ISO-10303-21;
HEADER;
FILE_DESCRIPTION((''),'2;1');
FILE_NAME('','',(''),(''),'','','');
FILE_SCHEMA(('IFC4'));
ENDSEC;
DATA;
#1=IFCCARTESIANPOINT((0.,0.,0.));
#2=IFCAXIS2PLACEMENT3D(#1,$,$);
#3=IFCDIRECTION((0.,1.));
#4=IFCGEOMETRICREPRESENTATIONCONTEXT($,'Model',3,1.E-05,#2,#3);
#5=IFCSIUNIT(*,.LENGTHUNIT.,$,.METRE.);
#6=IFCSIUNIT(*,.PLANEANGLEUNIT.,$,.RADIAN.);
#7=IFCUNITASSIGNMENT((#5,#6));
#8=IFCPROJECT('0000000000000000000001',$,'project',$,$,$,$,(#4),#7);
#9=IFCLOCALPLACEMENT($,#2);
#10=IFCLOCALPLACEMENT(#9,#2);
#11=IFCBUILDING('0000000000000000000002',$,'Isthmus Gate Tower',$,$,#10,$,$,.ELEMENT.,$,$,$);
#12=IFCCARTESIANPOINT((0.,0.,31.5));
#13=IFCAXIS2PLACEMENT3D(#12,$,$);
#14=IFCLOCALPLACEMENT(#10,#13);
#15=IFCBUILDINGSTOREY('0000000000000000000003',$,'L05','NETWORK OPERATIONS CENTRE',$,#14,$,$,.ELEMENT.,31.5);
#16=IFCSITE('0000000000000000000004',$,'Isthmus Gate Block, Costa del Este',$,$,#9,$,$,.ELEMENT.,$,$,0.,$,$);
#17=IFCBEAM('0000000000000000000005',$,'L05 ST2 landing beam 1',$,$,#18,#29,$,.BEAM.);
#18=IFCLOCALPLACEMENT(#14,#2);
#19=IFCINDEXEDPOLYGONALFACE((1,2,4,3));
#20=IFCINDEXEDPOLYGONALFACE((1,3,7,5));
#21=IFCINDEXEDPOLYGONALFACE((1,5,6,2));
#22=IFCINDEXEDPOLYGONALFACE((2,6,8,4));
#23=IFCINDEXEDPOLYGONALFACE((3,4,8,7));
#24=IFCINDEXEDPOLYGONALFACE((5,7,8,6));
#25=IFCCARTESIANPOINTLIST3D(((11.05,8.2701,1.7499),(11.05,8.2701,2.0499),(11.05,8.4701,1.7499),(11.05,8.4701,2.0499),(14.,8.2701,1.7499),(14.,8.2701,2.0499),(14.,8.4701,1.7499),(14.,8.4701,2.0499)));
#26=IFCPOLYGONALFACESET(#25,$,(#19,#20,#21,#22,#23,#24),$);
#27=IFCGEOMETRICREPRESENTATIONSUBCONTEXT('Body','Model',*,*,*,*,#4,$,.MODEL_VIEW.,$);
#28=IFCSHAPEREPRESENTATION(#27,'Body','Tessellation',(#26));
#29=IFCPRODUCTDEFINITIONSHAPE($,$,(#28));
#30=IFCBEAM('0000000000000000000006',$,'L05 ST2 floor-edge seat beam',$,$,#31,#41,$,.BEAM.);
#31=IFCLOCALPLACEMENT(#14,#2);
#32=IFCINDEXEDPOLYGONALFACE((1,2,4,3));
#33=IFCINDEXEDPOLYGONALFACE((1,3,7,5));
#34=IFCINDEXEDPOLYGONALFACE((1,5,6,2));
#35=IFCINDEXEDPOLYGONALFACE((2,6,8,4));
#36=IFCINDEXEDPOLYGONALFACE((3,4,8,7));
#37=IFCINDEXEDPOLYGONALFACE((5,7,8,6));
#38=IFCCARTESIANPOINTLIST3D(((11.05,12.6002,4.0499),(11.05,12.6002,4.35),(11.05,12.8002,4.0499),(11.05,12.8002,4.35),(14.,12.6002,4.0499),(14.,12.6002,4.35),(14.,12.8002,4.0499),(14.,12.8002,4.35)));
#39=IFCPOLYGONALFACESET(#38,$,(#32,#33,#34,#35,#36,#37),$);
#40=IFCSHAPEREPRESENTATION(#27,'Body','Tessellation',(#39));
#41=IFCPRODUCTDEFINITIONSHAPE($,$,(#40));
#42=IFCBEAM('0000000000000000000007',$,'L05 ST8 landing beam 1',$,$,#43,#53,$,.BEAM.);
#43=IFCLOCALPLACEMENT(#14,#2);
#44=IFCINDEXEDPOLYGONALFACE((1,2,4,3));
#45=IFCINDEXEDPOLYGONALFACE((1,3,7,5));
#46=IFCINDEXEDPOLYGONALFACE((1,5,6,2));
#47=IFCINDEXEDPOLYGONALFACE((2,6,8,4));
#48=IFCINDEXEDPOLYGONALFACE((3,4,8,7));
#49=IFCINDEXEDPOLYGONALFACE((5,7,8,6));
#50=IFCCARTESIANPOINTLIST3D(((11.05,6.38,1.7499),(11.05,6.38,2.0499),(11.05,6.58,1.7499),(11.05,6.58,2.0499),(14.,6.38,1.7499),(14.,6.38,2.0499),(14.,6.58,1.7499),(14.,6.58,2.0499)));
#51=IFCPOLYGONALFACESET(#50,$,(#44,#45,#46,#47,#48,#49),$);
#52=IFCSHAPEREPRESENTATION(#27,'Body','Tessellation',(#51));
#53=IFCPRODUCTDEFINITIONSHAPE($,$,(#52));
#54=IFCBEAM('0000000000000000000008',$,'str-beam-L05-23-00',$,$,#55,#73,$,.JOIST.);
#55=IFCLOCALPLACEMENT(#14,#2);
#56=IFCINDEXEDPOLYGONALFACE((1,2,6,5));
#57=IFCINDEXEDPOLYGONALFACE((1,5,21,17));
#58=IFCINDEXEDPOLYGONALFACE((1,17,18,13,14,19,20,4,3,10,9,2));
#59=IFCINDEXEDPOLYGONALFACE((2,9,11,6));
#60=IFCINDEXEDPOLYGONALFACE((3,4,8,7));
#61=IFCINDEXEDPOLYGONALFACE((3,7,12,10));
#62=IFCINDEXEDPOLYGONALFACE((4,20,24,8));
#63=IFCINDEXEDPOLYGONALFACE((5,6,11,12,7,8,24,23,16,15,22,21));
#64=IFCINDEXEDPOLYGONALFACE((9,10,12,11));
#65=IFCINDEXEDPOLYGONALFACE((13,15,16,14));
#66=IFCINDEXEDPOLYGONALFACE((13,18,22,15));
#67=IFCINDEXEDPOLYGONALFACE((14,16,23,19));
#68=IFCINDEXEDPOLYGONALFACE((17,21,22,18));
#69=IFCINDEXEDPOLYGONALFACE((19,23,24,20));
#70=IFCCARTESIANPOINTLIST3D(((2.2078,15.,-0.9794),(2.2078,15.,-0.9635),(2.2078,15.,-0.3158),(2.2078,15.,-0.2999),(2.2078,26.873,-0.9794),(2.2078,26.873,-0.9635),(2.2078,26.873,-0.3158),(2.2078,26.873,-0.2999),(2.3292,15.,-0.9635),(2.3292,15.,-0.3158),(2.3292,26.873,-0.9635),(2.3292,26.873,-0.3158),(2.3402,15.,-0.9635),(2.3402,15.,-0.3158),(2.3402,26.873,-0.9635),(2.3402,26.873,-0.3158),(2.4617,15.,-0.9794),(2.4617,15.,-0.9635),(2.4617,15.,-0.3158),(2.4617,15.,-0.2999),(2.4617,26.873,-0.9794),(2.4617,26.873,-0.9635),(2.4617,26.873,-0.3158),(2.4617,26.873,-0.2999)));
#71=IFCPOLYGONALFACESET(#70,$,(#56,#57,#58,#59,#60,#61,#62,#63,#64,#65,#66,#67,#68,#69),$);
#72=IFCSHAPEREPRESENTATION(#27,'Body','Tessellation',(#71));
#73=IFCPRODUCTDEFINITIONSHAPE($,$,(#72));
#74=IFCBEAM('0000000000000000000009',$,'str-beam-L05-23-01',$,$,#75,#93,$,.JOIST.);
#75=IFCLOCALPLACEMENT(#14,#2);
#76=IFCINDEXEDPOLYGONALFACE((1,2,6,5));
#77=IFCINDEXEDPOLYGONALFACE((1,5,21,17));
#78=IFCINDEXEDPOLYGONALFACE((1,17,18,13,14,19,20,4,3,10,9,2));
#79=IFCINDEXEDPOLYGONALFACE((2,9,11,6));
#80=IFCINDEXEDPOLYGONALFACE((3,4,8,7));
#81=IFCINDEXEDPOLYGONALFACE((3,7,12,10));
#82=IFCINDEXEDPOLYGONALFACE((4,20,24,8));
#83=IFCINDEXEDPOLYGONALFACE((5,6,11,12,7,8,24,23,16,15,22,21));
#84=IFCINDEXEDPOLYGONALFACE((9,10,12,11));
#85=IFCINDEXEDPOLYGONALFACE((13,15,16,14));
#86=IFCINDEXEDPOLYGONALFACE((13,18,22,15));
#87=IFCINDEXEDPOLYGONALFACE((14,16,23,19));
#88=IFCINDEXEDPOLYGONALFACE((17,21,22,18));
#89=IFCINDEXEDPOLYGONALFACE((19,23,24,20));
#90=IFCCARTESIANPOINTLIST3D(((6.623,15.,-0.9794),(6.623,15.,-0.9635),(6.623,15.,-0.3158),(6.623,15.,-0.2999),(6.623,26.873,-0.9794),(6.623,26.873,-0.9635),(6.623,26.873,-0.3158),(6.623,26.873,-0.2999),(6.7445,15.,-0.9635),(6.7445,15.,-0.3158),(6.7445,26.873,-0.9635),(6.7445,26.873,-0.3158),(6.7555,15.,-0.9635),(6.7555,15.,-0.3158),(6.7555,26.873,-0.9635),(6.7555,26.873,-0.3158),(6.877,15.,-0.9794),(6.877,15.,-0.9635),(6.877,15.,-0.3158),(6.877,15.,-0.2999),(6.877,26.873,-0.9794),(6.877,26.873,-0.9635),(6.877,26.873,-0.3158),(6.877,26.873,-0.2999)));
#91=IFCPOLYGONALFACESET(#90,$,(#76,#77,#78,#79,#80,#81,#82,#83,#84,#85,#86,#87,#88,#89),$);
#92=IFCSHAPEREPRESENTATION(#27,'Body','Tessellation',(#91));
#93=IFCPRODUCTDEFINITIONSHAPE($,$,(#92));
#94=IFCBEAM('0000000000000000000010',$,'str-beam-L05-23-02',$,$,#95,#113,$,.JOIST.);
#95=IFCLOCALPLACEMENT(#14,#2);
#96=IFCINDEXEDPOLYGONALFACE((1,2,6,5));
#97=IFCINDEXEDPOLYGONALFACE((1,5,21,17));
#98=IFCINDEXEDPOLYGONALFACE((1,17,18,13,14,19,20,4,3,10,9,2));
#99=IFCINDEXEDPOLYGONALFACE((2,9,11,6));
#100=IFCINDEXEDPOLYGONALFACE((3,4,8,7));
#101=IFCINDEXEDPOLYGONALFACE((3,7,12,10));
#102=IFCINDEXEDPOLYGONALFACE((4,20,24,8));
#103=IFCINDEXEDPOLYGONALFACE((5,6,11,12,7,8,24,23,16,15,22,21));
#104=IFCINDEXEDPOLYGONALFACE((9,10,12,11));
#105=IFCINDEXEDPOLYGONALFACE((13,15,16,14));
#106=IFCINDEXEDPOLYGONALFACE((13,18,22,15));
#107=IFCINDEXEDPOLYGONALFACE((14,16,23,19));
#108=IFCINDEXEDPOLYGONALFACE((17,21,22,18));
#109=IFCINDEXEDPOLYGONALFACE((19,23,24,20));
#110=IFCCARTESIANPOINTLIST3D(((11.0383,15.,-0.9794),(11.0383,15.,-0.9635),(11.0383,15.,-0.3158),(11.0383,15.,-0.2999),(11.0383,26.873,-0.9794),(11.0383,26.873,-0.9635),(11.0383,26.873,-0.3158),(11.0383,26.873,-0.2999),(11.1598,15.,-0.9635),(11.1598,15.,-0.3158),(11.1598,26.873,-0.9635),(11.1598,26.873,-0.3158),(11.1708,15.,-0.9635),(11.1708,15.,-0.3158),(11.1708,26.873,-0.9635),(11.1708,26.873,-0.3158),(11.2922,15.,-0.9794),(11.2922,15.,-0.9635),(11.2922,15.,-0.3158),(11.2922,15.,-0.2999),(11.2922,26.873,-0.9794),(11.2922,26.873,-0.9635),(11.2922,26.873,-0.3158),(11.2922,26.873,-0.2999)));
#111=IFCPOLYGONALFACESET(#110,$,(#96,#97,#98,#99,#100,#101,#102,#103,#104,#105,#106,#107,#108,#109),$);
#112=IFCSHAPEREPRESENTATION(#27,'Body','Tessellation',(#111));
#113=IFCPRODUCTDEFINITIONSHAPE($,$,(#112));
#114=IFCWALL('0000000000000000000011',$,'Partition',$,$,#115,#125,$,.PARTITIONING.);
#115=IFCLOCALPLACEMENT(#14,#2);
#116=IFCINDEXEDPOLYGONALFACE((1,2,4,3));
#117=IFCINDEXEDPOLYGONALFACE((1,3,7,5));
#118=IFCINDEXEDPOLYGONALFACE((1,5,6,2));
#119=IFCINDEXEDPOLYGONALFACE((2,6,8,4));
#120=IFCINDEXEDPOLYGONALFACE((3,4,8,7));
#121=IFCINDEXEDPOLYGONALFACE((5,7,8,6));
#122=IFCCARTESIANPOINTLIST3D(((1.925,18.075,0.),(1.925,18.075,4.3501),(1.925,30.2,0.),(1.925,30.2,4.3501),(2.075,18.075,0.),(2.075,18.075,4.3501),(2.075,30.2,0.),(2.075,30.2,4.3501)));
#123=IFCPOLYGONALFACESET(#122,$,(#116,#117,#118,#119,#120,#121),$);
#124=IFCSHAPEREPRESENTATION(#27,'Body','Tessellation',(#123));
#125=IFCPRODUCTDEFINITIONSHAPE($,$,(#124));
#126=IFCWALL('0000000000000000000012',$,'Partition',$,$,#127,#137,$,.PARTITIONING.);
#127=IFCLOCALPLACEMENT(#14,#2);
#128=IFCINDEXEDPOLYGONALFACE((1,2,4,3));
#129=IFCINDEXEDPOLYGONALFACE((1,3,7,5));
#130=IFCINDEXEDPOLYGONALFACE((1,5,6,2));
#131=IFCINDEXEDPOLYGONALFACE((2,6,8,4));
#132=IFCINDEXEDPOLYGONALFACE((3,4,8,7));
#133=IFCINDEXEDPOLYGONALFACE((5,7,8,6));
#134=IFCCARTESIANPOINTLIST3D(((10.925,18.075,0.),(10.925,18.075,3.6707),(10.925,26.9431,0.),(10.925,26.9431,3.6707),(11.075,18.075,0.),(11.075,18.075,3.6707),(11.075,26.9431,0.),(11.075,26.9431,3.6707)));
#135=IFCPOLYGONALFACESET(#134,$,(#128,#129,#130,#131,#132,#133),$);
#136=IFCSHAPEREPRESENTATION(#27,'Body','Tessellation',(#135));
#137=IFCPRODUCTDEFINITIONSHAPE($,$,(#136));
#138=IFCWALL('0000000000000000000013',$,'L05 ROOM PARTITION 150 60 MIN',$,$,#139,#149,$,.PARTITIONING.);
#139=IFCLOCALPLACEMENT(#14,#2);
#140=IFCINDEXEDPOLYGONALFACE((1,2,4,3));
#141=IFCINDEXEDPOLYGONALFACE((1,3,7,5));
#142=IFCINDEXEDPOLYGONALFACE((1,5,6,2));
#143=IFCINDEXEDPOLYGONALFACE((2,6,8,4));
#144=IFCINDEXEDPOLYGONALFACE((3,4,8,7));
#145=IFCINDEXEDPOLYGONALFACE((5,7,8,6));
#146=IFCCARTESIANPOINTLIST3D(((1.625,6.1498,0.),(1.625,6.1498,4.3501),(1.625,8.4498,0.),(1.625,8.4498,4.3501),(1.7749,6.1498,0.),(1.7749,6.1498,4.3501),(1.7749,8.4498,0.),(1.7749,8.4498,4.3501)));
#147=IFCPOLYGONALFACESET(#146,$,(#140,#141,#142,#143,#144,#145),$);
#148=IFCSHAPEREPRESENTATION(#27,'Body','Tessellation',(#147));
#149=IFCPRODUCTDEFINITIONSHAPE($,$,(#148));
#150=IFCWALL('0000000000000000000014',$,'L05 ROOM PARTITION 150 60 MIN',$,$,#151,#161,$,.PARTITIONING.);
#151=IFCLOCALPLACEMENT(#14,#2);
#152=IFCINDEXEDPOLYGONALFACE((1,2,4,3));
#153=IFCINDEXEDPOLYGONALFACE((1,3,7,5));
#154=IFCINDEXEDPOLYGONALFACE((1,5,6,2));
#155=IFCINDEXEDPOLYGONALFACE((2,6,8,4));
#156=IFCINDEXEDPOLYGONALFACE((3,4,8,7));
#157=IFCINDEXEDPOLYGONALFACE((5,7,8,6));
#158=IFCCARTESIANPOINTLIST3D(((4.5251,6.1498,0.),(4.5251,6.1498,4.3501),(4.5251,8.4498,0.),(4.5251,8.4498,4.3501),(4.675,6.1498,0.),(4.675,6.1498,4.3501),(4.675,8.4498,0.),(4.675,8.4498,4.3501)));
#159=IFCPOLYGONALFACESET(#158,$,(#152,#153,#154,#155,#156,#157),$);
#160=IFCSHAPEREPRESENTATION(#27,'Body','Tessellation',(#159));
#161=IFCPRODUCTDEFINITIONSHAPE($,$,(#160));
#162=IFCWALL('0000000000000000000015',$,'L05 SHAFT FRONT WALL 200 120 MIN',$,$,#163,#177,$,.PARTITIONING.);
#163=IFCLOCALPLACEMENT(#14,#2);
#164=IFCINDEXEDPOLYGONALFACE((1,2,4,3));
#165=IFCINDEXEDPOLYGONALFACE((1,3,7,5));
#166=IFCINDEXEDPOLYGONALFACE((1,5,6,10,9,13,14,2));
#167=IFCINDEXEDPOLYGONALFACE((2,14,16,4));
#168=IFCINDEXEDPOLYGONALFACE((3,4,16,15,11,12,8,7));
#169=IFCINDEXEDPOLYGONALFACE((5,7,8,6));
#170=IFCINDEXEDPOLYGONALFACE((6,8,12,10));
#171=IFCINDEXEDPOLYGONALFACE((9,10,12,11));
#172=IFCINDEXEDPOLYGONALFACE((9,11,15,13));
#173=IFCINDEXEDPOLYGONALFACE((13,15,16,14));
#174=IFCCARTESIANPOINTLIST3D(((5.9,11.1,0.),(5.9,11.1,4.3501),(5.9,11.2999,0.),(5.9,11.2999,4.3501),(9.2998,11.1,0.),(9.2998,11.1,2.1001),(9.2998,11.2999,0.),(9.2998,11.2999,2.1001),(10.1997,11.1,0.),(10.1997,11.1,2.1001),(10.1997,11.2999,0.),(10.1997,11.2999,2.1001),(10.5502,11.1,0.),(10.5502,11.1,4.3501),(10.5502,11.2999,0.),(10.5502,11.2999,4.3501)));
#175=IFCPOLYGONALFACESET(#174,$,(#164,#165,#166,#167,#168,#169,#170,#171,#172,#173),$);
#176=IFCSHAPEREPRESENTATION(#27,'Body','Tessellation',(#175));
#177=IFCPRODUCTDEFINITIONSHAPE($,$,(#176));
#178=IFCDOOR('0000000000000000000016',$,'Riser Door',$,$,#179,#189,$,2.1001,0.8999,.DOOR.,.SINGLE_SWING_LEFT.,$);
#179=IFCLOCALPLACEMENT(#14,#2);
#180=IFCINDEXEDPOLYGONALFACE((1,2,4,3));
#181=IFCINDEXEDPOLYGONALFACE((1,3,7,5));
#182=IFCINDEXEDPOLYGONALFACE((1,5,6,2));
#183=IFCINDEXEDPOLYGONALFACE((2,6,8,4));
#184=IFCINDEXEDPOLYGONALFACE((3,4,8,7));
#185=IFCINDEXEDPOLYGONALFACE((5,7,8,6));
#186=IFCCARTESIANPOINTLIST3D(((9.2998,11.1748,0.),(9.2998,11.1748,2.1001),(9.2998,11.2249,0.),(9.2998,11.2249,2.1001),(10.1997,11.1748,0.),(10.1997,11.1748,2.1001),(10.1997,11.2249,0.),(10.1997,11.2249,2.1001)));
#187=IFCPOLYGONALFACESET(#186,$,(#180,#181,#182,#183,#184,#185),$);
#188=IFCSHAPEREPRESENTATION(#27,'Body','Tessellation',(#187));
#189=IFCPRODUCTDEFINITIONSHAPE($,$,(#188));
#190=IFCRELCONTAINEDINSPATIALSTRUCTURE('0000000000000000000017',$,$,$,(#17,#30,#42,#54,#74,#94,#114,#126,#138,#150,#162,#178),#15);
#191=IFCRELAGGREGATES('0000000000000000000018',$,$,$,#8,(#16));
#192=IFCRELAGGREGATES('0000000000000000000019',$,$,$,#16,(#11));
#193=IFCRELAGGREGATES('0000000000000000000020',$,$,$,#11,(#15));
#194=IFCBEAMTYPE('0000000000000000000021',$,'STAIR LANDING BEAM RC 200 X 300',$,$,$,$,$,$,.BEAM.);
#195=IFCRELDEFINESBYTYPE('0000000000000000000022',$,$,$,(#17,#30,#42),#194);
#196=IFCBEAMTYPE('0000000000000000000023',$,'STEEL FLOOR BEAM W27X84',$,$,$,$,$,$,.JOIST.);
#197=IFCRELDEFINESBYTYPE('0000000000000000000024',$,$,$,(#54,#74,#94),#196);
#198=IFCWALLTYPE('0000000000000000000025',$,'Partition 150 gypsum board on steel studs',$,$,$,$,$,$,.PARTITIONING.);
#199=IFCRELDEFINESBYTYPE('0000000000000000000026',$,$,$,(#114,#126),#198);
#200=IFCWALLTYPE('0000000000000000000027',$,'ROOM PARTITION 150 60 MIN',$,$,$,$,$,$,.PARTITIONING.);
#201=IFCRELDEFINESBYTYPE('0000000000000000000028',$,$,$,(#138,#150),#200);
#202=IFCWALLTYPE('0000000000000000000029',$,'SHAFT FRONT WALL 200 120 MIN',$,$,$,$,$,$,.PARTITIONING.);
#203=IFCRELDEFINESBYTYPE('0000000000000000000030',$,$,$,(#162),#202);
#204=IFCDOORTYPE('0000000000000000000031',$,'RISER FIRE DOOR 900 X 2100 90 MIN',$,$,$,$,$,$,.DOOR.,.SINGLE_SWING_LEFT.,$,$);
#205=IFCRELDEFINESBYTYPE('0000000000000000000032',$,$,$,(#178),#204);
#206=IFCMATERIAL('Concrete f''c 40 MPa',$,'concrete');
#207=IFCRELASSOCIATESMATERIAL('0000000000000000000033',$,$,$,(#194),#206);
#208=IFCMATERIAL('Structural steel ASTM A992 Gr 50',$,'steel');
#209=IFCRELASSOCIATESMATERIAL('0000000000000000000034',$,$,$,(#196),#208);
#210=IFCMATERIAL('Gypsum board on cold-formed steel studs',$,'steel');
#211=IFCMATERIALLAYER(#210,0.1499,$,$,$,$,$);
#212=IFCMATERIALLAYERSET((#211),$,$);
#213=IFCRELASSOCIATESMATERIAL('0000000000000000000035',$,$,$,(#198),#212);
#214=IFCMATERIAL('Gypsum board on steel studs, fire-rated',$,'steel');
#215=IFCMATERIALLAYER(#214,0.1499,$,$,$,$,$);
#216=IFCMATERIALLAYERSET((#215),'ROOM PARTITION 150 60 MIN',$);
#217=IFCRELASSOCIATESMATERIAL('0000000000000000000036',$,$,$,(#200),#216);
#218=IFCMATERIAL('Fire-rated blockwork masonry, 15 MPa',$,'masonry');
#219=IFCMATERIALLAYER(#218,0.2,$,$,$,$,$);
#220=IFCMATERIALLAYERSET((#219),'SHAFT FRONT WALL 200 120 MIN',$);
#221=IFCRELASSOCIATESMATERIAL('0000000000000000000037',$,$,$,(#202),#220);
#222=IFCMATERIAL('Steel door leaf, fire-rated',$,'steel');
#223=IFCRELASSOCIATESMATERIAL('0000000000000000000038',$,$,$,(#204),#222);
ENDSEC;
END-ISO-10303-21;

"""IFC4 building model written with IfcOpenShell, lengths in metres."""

from ifc_helpers import new_model, si_unit, direction, frame, frame_2d, origin, origin_2d, place, context, subcontext, project, spatial, rectangle, i_section, extrude, material, layer, layer_set, material_profile, profile_set, type_object, element, fill, save


model = new_model("IFC4")

# Units and contexts
model_context = context("Model", 3, precision=1e-05, world=origin(), true_north=direction((0.0, 1.0)))
body_context = subcontext(model_context, "Body", "Model", "MODEL_VIEW")
ifc_project = project(units=[si_unit("LENGTHUNIT", "METRE"), si_unit("PLANEANGLEUNIT", "RADIAN")], contexts=[model_context])

# Site, building, storey
site_placement = place(None, origin())
site = spatial("IfcSite", under=ifc_project, at=site_placement, Name="Isthmus Gate Block, Costa del Este", CompositionType="ELEMENT", RefElevation=0.0)
building_placement = place(site_placement, origin())
building = spatial("IfcBuilding", under=site, at=building_placement, Name="Isthmus Gate Tower", CompositionType="ELEMENT")
storey_placement = place(building_placement, frame((0.0, 0.0, 31.5)))
storey = spatial("IfcBuildingStorey", under=building, at=storey_placement, Name="L05", Description="NETWORK OPERATIONS CENTRE", CompositionType="ELEMENT", Elevation=31.5)

# Beams
ifc_material_1 = material(Name="Concrete f'c 40 MPa", Category="concrete")
ifc_material_profile_1 = material_profile(ifc_material_1, rectangle(XDim=0.2, YDim=0.3, at=origin_2d()), Name="STAIR LANDING BEAM RC 200 X 300")
ifc_profile_set_1 = profile_set([ifc_material_profile_1], Name="Concrete f'c 40 MPa")
beam_type_1 = type_object("IfcBeamType", Name="STAIR LANDING BEAM RC 200 X 300", PredefinedType="BEAM", material=ifc_profile_set_1)
for number, where, z_axis, x_axis, name in (
    (1, (11.05, 8.3701, 1.8999), (1.0, 0.0, 0.0), (0.0, 1.0, 0.0), "L05 ST2 landing beam 1"),
    (2, (11.05, 12.7002, 4.2), (1.0, 0.0, 0.0), (0.0, 1.0, 0.0), "L05 ST2 floor-edge seat beam"),
    (3, (11.05, 6.48, 1.8999), (1.0, 0.0, 0.0), (0.0, 1.0, 0.0), "L05 ST8 landing beam 1"),
):
    element("IfcBeam", number, at=place(storey_placement, frame(where, z_axis=z_axis, x_axis=x_axis)), inside=storey, type_object=beam_type_1, Name=name, PredefinedType="BEAM", context=body_context, shape_type="SweptSolid", body=[
        extrude(rectangle(XDim=0.2, YDim=0.3, at=origin_2d()), origin(), (0.0, 0.0, 1.0), 2.95),
    ])
ifc_material_2 = material(Name="Structural steel ASTM A992 Gr 50", Category="steel")
ifc_material_profile_2 = material_profile(ifc_material_2, i_section(OverallWidth=0.2539, OverallDepth=0.6794, WebThickness=0.011, FlangeThickness=0.0159, at=origin_2d()), Name="W27X84")
ifc_profile_set_2 = profile_set([ifc_material_profile_2], Name="Structural steel ASTM A992 Gr 50")
beam_type_2 = type_object("IfcBeamType", Name="STEEL FLOOR BEAM W27X84", PredefinedType="JOIST", material=ifc_profile_set_2)
for number, where, z_axis, x_axis, name in (
    (4, (2.3347, 15.0, -0.6396), (0.0, 1.0, 0.0), (-1.0, 0.0, 0.0), "str-beam-L05-23-00"),
    (5, (6.75, 15.0, -0.6396), (0.0, 1.0, 0.0), (-1.0, 0.0, 0.0), "str-beam-L05-23-01"),
    (6, (11.1653, 15.0, -0.6396), (0.0, 1.0, 0.0), (-1.0, 0.0, 0.0), "str-beam-L05-23-02"),
):
    element("IfcBeam", number, at=place(storey_placement, frame(where, z_axis=z_axis, x_axis=x_axis)), inside=storey, type_object=beam_type_2, Name=name, PredefinedType="JOIST", context=body_context, shape_type="SweptSolid", body=[
        extrude(i_section(OverallWidth=0.2539, OverallDepth=0.6794, WebThickness=0.011, FlangeThickness=0.0159, at=origin_2d()), origin(), (0.0, 0.0, 1.0), 11.873),
    ])

# Walls
ifc_material_3 = material(Name="Gypsum board on cold-formed steel studs", Category="steel")
ifc_layer_1 = layer(ifc_material_3, 0.1499)
ifc_layer_set_1 = layer_set([ifc_layer_1])
wall_type_1 = type_object("IfcWallType", Name="Partition 150 gypsum board on steel studs", PredefinedType="PARTITIONING", material=ifc_layer_set_1)
wall_1_placement = place(storey_placement, frame((2.0, 18.075, 0.0), z_axis=(0.0, 0.0, 1.0), x_axis=(0.0, 1.0, 0.0)))
element("IfcWall", 7, at=wall_1_placement, inside=storey, type_object=wall_type_1, Name="Partition", PredefinedType="PARTITIONING", context=body_context, shape_type="SweptSolid", body=[
    extrude(rectangle(XDim=12.125, YDim=0.1499, at=frame_2d((6.0625, 0.0))), origin(), (0.0, 0.0, 1.0), 4.3501),
])
wall_2_placement = place(storey_placement, frame((11.0, 18.075, 0.0), z_axis=(0.0, 0.0, 1.0), x_axis=(0.0, 1.0, 0.0)))
element("IfcWall", 8, at=wall_2_placement, inside=storey, type_object=wall_type_1, Name="Partition", PredefinedType="PARTITIONING", context=body_context, shape_type="SweptSolid", body=[
    extrude(rectangle(XDim=8.8682, YDim=0.1499, at=frame_2d((4.4341, 0.0))), origin(), (0.0, 0.0, 1.0), 3.6707),
])
ifc_material_4 = material(Name="Gypsum board on steel studs, fire-rated", Category="steel")
ifc_layer_2 = layer(ifc_material_4, 0.1499)
ifc_layer_set_2 = layer_set([ifc_layer_2], Name="ROOM PARTITION 150 60 MIN")
wall_type_2 = type_object("IfcWallType", Name="ROOM PARTITION 150 60 MIN", PredefinedType="PARTITIONING", material=ifc_layer_set_2)
for number, where, z_axis, x_axis, name in (
    (9, (1.7, 6.1499, 0.0), (0.0, 0.0, 1.0), (0.0, 1.0, 0.0), "L05 ROOM PARTITION 150 60 MIN"),
    (10, (4.6001, 6.1499, 0.0), (0.0, 0.0, 1.0), (0.0, 1.0, 0.0), "L05 ROOM PARTITION 150 60 MIN"),
):
    element("IfcWall", number, at=place(storey_placement, frame(where, z_axis=z_axis, x_axis=x_axis)), inside=storey, type_object=wall_type_2, Name=name, PredefinedType="PARTITIONING", context=body_context, shape_type="SweptSolid", body=[
        extrude(rectangle(XDim=2.3, YDim=0.1499, at=frame_2d((1.1499, 0.0))), origin(), (0.0, 0.0, 1.0), 4.3501),
    ])

# Wall, opening, door
ifc_material_5 = material(Name="Fire-rated blockwork masonry, 15 MPa", Category="masonry")
ifc_layer_3 = layer(ifc_material_5, 0.2)
ifc_layer_set_3 = layer_set([ifc_layer_3], Name="SHAFT FRONT WALL 200 120 MIN")
wall_type_3 = type_object("IfcWallType", Name="SHAFT FRONT WALL 200 120 MIN", PredefinedType="PARTITIONING", material=ifc_layer_set_3)
wall_3_placement = place(storey_placement, frame((5.8999, 11.2, 0.0), z_axis=(0.0, 0.0, 1.0), x_axis=(1.0, 0.0, 0.0)))
wall_3 = element("IfcWall", 11, at=wall_3_placement, inside=storey, type_object=wall_type_3, Name="L05 SHAFT FRONT WALL 200 120 MIN", PredefinedType="PARTITIONING", context=body_context, shape_type="SweptSolid", body=[
    extrude(rectangle(XDim=4.6501, YDim=0.2, at=frame_2d((2.3252, 0.0))), origin(), (0.0, 0.0, 1.0), 4.3501),
])
opening_placement = place(wall_3_placement, frame((3.3999, 0.0, 0.0)))
opening = element("IfcOpeningElement", 12, at=opening_placement, cuts=wall_3, PredefinedType="OPENING", context=body_context, shape_type="SweptSolid", body=[
    extrude(rectangle(XDim=0.8999, YDim=2.1001, at=frame_2d((0.45, 1.05))), frame((0.0, 0.1099, 0.0), z_axis=(0.0, -1.0, 0.0), x_axis=(1.0, 0.0, 0.0)), (0.0, 0.0, 1.0), 0.22),
])
ifc_material_6 = material(Name="Steel door leaf, fire-rated", Category="steel")
door_type = type_object("IfcDoorType", Name="RISER FIRE DOOR 900 X 2100 90 MIN", OperationType="SINGLE_SWING_LEFT", PredefinedType="DOOR", material=ifc_material_6)
door_placement = place(opening_placement, origin())
door = element("IfcDoor", 13, at=door_placement, inside=storey, type_object=door_type, Name="Riser Door", OperationType="SINGLE_SWING_LEFT", OverallHeight=2.1001, OverallWidth=0.8999, PredefinedType="DOOR", context=body_context, shape_type="SweptSolid", body=[
    extrude(rectangle(XDim=0.8999, YDim=2.1001, at=frame_2d((0.45, 1.05))), frame((0.0, 0.0249, 0.0), z_axis=(0.0, -1.0, 0.0), x_axis=(1.0, 0.0, 0.0)), (0.0, 0.0, 1.0), 0.05),
])
fill(opening, door)

save(model, "model.ifc")
